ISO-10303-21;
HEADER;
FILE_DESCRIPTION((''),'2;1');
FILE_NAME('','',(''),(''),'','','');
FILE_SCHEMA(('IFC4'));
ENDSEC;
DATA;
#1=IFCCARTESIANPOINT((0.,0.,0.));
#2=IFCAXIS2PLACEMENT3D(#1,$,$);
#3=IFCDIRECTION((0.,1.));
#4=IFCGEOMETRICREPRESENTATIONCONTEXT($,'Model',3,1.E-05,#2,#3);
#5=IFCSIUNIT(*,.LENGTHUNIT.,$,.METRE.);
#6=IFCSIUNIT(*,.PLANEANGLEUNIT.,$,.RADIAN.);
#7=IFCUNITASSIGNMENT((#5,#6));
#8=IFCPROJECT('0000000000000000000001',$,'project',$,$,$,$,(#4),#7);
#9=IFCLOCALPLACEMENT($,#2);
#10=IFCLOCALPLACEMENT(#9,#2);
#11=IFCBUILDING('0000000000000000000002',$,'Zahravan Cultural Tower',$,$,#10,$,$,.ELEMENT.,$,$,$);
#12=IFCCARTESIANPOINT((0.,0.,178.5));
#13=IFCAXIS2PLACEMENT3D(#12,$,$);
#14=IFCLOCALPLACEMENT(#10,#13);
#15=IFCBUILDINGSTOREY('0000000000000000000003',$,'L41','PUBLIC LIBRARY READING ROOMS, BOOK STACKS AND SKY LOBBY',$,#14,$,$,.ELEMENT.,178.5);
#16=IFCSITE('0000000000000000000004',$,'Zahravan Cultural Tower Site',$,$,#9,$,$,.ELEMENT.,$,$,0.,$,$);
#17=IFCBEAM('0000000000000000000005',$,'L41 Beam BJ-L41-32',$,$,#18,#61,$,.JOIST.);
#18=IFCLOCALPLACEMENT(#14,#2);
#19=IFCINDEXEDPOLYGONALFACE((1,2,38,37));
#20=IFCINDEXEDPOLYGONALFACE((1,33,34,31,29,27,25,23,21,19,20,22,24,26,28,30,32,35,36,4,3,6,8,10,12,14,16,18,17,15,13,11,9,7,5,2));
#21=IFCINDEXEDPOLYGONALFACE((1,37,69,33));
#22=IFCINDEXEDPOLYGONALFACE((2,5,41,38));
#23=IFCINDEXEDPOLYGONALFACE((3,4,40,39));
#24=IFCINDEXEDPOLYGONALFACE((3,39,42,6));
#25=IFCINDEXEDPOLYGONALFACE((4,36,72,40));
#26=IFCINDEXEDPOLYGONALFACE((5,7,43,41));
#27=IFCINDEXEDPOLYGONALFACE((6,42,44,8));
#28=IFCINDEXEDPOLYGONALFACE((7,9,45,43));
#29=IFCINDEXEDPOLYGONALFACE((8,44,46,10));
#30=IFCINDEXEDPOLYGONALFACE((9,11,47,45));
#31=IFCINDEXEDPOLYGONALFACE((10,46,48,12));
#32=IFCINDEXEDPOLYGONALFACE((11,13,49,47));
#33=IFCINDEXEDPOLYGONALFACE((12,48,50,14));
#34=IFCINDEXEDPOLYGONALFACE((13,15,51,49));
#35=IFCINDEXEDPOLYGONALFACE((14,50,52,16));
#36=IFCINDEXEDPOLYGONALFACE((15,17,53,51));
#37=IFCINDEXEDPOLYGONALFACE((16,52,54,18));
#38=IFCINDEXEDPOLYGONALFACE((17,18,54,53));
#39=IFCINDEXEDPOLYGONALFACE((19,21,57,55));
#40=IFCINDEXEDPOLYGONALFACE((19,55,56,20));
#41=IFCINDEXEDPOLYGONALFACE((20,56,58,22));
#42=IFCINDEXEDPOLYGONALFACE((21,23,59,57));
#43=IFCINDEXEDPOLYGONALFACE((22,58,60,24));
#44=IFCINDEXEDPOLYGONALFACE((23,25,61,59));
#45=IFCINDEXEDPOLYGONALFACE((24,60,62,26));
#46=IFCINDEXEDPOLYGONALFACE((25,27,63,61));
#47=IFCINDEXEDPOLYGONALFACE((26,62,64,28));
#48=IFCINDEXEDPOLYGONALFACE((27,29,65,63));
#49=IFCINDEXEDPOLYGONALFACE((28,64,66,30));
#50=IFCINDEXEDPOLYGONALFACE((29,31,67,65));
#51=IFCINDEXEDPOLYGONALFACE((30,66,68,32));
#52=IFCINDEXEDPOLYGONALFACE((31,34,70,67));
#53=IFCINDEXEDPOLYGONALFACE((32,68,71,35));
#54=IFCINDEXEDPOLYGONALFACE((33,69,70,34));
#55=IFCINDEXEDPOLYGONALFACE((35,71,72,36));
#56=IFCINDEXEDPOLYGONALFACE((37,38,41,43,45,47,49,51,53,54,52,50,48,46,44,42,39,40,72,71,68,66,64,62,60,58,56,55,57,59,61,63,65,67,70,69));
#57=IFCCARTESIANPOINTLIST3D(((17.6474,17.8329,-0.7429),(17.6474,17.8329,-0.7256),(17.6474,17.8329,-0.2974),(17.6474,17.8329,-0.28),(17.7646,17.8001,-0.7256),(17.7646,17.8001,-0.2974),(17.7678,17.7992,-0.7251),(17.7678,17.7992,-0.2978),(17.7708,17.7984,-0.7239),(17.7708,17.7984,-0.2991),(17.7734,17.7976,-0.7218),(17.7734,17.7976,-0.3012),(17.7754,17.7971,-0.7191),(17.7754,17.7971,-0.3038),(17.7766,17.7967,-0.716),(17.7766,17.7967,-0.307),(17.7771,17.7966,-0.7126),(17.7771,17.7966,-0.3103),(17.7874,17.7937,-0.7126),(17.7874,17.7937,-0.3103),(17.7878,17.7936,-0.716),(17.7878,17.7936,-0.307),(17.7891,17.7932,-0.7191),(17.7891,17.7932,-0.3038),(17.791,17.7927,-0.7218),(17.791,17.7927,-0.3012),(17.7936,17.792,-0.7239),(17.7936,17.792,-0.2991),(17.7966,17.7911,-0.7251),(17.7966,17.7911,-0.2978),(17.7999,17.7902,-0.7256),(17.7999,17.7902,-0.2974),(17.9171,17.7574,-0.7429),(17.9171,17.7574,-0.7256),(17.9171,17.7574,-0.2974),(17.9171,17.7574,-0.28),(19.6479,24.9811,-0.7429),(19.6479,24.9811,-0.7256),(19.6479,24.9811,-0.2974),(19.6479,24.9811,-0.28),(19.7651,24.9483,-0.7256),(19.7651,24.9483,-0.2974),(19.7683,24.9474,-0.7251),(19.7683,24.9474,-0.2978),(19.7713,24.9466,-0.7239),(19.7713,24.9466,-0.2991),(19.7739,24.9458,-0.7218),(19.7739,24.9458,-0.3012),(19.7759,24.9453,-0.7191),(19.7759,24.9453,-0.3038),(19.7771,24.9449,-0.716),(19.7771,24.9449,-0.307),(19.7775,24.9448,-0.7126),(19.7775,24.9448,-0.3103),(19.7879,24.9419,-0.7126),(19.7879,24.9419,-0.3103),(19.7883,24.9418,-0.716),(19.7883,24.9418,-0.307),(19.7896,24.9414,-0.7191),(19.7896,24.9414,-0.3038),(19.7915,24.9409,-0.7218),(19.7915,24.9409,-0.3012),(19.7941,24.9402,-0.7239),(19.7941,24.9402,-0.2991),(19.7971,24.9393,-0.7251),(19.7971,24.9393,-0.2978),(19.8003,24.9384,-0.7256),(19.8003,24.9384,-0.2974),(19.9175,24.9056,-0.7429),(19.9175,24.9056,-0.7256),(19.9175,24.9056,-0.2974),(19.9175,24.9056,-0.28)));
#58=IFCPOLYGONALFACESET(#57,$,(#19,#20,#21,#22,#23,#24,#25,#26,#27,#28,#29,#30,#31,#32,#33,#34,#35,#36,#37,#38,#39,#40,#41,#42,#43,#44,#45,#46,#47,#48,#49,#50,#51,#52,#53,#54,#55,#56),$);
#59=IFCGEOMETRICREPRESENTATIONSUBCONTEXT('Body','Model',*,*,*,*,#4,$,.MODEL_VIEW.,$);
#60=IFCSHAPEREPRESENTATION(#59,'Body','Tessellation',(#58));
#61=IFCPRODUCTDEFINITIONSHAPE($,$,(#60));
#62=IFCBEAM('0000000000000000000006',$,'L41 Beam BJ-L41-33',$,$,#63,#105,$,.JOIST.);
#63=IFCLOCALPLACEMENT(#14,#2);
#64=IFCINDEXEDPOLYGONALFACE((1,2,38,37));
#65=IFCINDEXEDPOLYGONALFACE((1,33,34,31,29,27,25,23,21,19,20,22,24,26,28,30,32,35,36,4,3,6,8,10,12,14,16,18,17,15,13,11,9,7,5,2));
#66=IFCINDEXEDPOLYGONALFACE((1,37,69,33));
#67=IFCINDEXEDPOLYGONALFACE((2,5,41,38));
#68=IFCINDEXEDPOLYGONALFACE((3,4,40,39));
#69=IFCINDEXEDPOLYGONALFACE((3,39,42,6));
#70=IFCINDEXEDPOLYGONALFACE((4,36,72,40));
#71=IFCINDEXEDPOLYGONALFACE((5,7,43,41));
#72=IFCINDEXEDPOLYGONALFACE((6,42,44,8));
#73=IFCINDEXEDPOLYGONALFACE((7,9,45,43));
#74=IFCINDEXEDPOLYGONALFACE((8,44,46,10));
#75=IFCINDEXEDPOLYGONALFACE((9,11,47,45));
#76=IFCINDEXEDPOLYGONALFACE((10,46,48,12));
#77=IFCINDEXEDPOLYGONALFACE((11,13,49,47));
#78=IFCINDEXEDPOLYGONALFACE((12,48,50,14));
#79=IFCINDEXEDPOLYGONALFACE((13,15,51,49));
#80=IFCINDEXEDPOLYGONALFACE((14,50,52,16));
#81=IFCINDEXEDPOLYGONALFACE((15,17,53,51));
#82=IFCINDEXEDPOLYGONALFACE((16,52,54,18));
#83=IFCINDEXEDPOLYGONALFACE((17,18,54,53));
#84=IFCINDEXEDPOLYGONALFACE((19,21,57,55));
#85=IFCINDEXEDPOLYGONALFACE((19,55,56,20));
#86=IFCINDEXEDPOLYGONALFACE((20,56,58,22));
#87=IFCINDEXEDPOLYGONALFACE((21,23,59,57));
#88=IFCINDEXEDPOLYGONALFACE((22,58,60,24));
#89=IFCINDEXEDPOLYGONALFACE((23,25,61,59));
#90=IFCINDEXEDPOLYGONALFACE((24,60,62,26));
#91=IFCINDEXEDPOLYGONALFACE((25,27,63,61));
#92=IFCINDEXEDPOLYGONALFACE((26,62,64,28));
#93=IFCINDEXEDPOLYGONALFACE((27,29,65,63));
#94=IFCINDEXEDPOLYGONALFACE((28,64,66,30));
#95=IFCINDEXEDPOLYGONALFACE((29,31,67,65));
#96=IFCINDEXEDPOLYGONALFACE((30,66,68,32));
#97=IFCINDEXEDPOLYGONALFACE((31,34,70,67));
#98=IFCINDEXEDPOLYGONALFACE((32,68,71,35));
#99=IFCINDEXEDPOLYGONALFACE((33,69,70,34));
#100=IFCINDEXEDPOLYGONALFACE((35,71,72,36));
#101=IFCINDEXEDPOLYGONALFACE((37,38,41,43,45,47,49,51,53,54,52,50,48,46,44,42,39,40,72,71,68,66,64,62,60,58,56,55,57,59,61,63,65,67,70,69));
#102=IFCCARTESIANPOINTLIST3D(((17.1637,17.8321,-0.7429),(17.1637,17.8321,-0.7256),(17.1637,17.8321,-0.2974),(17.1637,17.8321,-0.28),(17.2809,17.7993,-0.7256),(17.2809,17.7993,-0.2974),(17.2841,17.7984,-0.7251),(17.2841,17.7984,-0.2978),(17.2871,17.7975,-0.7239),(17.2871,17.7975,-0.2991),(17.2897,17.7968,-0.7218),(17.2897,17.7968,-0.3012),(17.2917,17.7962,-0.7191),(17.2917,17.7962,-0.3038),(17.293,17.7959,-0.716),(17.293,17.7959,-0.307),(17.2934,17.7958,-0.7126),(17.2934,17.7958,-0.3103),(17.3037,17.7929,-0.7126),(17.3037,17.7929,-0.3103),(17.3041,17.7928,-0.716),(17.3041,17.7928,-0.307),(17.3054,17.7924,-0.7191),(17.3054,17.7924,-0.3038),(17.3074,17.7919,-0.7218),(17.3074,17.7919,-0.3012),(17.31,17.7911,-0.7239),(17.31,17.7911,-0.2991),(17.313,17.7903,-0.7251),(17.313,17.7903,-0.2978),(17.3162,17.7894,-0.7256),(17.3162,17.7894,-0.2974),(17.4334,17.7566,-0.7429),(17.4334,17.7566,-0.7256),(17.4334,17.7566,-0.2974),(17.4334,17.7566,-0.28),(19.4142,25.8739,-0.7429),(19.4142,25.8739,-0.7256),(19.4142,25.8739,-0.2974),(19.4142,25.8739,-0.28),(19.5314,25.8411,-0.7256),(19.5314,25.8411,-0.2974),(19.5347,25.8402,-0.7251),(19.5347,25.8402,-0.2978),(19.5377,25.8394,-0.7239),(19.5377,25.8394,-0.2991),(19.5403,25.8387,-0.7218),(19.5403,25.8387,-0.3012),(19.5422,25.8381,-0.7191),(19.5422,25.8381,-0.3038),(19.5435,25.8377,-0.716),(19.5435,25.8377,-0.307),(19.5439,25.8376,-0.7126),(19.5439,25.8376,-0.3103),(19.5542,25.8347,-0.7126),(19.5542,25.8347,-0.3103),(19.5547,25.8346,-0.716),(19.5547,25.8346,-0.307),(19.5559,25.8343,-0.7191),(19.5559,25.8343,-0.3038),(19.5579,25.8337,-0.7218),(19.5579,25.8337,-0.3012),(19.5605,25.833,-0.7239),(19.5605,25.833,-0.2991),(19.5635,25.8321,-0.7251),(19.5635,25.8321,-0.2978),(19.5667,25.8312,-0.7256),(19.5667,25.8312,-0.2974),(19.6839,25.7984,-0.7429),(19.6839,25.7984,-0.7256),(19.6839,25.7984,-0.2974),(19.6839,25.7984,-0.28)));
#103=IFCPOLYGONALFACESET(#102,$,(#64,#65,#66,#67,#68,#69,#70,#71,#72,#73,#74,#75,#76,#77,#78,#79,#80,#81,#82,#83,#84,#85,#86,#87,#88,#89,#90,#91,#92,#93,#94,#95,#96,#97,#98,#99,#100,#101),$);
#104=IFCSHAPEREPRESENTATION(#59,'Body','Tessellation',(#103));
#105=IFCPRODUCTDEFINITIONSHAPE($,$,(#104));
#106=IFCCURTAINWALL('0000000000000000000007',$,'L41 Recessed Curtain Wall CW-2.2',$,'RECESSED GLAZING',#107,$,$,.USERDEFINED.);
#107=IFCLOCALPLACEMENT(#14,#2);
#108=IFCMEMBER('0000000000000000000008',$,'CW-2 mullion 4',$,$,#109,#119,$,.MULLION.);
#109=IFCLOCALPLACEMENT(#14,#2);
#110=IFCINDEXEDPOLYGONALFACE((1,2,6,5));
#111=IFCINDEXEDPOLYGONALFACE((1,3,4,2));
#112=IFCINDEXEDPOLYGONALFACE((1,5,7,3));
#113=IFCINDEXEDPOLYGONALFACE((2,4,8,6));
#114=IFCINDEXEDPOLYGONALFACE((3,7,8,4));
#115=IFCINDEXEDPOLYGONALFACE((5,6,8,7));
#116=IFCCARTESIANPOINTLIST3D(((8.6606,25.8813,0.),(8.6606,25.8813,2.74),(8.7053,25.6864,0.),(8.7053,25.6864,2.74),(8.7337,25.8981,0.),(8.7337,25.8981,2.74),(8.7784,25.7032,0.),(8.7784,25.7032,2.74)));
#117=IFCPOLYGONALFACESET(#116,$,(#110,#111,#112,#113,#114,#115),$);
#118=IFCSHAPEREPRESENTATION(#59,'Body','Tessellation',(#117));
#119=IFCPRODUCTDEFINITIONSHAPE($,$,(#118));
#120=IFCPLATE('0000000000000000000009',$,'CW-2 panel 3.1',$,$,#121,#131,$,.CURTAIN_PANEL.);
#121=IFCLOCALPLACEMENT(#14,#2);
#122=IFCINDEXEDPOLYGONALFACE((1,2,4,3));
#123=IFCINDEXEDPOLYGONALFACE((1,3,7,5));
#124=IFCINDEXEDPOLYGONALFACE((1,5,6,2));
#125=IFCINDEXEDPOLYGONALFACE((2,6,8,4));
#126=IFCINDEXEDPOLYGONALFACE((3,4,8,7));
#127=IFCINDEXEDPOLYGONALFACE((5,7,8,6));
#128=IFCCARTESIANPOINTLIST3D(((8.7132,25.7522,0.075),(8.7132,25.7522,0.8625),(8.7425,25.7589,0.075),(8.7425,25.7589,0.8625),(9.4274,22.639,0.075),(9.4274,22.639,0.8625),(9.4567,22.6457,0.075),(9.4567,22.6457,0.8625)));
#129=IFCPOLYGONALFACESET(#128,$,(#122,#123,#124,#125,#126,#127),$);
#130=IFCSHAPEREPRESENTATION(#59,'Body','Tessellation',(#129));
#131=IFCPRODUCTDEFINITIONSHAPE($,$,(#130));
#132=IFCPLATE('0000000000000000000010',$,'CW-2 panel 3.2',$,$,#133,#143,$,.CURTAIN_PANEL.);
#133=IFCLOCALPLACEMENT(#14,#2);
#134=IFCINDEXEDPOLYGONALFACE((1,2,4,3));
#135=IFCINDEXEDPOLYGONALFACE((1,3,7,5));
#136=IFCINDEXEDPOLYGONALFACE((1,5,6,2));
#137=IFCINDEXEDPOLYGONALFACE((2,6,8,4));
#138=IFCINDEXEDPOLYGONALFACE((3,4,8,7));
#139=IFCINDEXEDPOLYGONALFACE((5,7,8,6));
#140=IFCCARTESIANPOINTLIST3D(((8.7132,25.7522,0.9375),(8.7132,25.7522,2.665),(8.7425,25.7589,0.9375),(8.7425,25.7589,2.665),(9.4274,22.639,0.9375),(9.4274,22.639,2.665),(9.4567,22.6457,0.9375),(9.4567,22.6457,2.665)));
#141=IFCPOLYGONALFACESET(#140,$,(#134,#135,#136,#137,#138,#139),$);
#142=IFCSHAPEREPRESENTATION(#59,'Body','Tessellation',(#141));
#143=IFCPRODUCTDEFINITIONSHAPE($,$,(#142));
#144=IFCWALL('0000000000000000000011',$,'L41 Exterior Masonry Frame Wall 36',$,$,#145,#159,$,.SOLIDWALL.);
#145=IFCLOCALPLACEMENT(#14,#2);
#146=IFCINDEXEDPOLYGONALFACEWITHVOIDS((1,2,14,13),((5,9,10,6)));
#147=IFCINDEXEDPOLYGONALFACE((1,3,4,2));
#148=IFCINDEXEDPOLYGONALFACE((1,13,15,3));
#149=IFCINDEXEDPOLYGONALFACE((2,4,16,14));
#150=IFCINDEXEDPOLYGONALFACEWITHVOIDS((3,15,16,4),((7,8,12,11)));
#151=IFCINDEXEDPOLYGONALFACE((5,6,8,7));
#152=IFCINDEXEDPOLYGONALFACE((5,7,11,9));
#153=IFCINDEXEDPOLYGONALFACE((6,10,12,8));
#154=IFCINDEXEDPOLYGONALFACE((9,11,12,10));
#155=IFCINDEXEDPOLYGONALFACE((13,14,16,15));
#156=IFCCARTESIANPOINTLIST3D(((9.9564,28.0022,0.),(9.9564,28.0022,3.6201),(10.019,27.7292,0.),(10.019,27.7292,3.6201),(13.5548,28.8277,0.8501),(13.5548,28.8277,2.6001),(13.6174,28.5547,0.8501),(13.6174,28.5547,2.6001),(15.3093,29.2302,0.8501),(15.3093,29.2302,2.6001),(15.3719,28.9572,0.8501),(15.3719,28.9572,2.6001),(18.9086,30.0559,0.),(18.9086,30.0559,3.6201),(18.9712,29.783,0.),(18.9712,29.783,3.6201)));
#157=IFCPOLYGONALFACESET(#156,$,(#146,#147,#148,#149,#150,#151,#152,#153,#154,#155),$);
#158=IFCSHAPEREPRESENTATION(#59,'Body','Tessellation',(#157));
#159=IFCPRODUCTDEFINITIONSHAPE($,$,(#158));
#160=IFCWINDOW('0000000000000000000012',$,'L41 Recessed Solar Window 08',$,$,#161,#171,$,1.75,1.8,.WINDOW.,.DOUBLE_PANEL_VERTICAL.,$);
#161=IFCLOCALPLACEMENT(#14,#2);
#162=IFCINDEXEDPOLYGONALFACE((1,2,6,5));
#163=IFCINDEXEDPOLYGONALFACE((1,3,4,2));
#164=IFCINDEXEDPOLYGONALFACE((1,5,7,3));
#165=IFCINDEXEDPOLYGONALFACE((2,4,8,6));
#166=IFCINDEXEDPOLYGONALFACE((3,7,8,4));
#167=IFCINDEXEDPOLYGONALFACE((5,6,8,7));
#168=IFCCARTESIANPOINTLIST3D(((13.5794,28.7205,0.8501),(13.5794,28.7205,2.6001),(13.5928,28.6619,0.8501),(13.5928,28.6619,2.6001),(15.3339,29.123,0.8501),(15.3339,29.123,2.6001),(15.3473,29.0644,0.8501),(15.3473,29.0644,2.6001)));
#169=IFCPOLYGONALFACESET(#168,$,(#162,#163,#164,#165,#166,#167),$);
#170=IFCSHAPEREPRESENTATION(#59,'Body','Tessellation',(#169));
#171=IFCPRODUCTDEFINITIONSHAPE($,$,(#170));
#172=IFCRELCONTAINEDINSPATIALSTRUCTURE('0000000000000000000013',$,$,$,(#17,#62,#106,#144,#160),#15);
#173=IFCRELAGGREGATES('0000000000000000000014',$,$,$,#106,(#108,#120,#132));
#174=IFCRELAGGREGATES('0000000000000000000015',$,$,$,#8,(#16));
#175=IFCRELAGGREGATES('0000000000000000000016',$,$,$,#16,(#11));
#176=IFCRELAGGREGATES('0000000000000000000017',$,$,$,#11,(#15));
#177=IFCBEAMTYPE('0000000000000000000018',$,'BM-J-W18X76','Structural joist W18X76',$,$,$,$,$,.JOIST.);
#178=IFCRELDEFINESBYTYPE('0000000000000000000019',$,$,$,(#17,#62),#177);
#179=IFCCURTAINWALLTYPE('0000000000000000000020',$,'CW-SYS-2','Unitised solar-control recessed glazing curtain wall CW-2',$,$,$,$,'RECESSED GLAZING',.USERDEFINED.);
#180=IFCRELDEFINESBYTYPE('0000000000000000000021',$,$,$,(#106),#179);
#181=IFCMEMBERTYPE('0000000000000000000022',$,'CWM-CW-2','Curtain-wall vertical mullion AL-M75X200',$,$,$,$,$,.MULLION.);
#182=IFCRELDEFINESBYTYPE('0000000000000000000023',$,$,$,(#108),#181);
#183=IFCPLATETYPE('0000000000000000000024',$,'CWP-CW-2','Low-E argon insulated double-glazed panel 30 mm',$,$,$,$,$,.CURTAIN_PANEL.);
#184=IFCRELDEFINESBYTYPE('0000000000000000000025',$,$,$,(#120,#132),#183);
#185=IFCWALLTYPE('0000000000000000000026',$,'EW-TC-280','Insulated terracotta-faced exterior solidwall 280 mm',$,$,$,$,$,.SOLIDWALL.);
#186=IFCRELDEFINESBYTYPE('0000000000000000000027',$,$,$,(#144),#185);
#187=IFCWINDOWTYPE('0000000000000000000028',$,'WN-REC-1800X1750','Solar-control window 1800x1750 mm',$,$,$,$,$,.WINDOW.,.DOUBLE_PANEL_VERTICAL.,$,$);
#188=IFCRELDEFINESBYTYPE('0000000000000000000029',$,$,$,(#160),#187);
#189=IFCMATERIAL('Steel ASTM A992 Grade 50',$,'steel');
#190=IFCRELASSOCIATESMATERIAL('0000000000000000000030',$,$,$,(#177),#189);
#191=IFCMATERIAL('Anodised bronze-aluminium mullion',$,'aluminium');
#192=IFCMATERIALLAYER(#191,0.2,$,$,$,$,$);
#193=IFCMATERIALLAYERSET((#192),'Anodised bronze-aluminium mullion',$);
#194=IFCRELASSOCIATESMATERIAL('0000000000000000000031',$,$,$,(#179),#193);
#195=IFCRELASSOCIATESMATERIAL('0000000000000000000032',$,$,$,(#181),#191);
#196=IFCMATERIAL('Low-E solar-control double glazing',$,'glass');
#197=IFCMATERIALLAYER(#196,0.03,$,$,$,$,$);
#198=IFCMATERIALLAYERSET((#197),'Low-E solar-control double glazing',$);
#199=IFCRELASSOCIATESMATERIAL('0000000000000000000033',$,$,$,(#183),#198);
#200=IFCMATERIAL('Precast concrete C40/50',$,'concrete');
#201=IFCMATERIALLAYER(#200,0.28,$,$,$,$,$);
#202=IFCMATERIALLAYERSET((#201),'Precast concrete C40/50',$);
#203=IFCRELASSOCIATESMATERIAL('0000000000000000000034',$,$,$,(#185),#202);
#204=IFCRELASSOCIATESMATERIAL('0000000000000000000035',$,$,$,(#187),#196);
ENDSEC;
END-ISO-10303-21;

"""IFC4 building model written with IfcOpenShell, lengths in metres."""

from ifc_helpers import new_model, si_unit, direction, frame, frame_2d, origin, origin_2d, place, context, subcontext, project, spatial, rectangle, i_section, extrude, source, transform, mapped, material, layer, layer_set, material_profile, profile_set, type_object, element, fill, aggregate, save


model = new_model("IFC4")

# Units and contexts
model_context = context("Model", 3, precision=1e-05, world=origin(), true_north=direction((0.0, 1.0)))
body_context = subcontext(model_context, "Body", "Model", "MODEL_VIEW")
ifc_project = project(units=[si_unit("LENGTHUNIT", "METRE"), si_unit("PLANEANGLEUNIT", "RADIAN")], contexts=[model_context])

# Site, building, storey
site_placement = place(None, origin())
site = spatial("IfcSite", under=ifc_project, at=site_placement, Name="Zahravan Cultural Tower Site", CompositionType="ELEMENT", RefElevation=0.0)
building_placement = place(site_placement, origin())
building = spatial("IfcBuilding", under=site, at=building_placement, Name="Zahravan Cultural Tower", CompositionType="ELEMENT")
storey_placement = place(building_placement, frame((0.0, 0.0, 178.5)))
storey = spatial("IfcBuildingStorey", under=building, at=storey_placement, Name="L41", Description="PUBLIC LIBRARY READING ROOMS, BOOK STACKS AND SKY LOBBY", CompositionType="ELEMENT", Elevation=178.5)

# Shared definitions
ifc_material_1 = material(Name="Steel ASTM A992 Grade 50", Category="steel")

# Beams
ifc_material_profile_1 = material_profile(ifc_material_1, i_section(OverallWidth=0.28, OverallDepth=0.4629, WebThickness=0.0107, FlangeThickness=0.0173, FilletRadius=0.0129, at=origin_2d()), Name="W18X76")
ifc_profile_set_1 = profile_set([ifc_material_profile_1], Name="Steel ASTM A992 Grade 50")
beam_type_1 = type_object("IfcBeamType", Name="BM-J-W18X76", Description="Structural joist W18X76", PredefinedType="JOIST", material=ifc_profile_set_1)
shared_shape_1 = source(origin(), body_context, "Body", "SweptSolid", [
    extrude(i_section(OverallWidth=0.28, OverallDepth=0.4629, WebThickness=0.0107, FlangeThickness=0.0173, FilletRadius=0.0129, at=origin_2d()), origin(), (0.0, 0.0, 1.0), 7.4229),
])
beam_1_placement = place(storey_placement, frame((19.7827, 24.9434, -0.5115), z_axis=(-0.269504, -0.962999, 0.0), x_axis=(0.962999, -0.269504, 0.0)))
element("IfcBeam", 1, at=beam_1_placement, inside=storey, type_object=beam_type_1, Name="L41 Beam BJ-L41-32", PredefinedType="JOIST", context=body_context, shape_type="MappedRepresentation", body=[
    mapped(shared_shape_1, transform((0.0, 0.0, 0.0), x_axis=(1.0, 0.0, 0.0), y_axis=(0.0, 1.0, 0.0), z_axis=(0.0, 0.0, 1.0), scale=1.0)),
])
shared_shape_2 = source(origin(), body_context, "Body", "SweptSolid", [
    extrude(i_section(OverallWidth=0.28, OverallDepth=0.4629, WebThickness=0.0107, FlangeThickness=0.0173, FilletRadius=0.0129, at=origin_2d()), origin(), (0.0, 0.0, 1.0), 8.3508),
])
beam_2_placement = place(storey_placement, frame((19.5491, 25.8362, -0.5115), z_axis=(-0.269497, -0.963001, 0.0), x_axis=(0.963001, -0.269497, 0.0)))
element("IfcBeam", 2, at=beam_2_placement, inside=storey, type_object=beam_type_1, Name="L41 Beam BJ-L41-33", PredefinedType="JOIST", context=body_context, shape_type="MappedRepresentation", body=[
    mapped(shared_shape_2, transform((0.0, 0.0, 0.0), x_axis=(1.0, 0.0, 0.0), y_axis=(0.0, 1.0, 0.0), z_axis=(0.0, 0.0, 1.0), scale=1.0)),
])

# Curtain wall, member, plates
ifc_material_2 = material(Name="Anodised bronze-aluminium mullion", Category="aluminium")
ifc_layer_1 = layer(ifc_material_2, 0.2)
ifc_layer_set_1 = layer_set([ifc_layer_1], Name="Anodised bronze-aluminium mullion")
curtain_wall_type = type_object("IfcCurtainWallType", Name="CW-SYS-2", Description="Unitised solar-control recessed glazing curtain wall CW-2", ElementType="RECESSED GLAZING", PredefinedType="USERDEFINED", material=ifc_layer_set_1)
curtain_wall_placement = place(storey_placement, origin())
curtain_wall = element("IfcCurtainWall", 3, at=curtain_wall_placement, inside=storey, type_object=curtain_wall_type, Name="L41 Recessed Curtain Wall CW-2.2", ObjectType="RECESSED GLAZING", PredefinedType="USERDEFINED")
ifc_material_profile_2 = material_profile(ifc_material_2, rectangle(XDim=0.075, YDim=0.2, at=origin_2d()), Name="AL-M75X200")
ifc_profile_set_2 = profile_set([ifc_material_profile_2], Name="Anodised bronze-aluminium mullion")
member_type = type_object("IfcMemberType", Name="CWM-CW-2", Description="Curtain-wall vertical mullion AL-M75X200", PredefinedType="MULLION", material=ifc_profile_set_2)
shared_shape_3 = source(origin(), body_context, "Body", "SweptSolid", [
    extrude(rectangle(XDim=0.075, YDim=0.2, at=origin_2d()), origin(), (0.0, 0.0, 1.0), 2.74),
])
member_placement = place(storey_placement, frame((8.7195, 25.7922, 0.0), z_axis=(0.0, 0.0, 1.0), x_axis=(-0.974681, -0.2236, 0.0)))
member = element("IfcMember", 4, at=member_placement, type_object=member_type, Name="CW-2 mullion 4", PredefinedType="MULLION", context=body_context, shape_type="MappedRepresentation", body=[
    mapped(shared_shape_3, transform((0.0, 0.0, 0.0), x_axis=(1.0, 0.0, 0.0), y_axis=(0.0, 1.0, 0.0), z_axis=(0.0, 0.0, 1.0), scale=1.0)),
])
ifc_material_3 = material(Name="Low-E solar-control double glazing", Category="glass")
ifc_layer_2 = layer(ifc_material_3, 0.03)
ifc_layer_set_2 = layer_set([ifc_layer_2], Name="Low-E solar-control double glazing")
plate_type = type_object("IfcPlateType", Name="CWP-CW-2", Description="Low-E argon insulated double-glazed panel 30 mm", PredefinedType="CURTAIN_PANEL", material=ifc_layer_set_2)
shared_shape_4 = source(origin(), body_context, "Body", "SweptSolid", [
    extrude(rectangle(XDim=3.1941, YDim=0.03, at=origin_2d()), origin(), (0.0, 0.0, 1.0), 0.7876),
])
plate_1_placement = place(storey_placement, frame((9.085, 24.199, 0.075), z_axis=(0.0, 0.0, 1.0), x_axis=(-0.2236, 0.974681, 0.0)))
plate_1 = element("IfcPlate", 5, at=plate_1_placement, type_object=plate_type, Name="CW-2 panel 3.1", PredefinedType="CURTAIN_PANEL", context=body_context, shape_type="MappedRepresentation", body=[
    mapped(shared_shape_4, transform((0.0, 0.0, 0.0), x_axis=(1.0, 0.0, 0.0), y_axis=(0.0, 1.0, 0.0), z_axis=(0.0, 0.0, 1.0), scale=1.0)),
])
shared_shape_5 = source(origin(), body_context, "Body", "SweptSolid", [
    extrude(rectangle(XDim=3.1941, YDim=0.03, at=origin_2d()), origin(), (0.0, 0.0, 1.0), 1.7275),
])
plate_2_placement = place(storey_placement, frame((9.085, 24.199, 0.9375), z_axis=(0.0, 0.0, 1.0), x_axis=(-0.2236, 0.974681, 0.0)))
plate_2 = element("IfcPlate", 6, at=plate_2_placement, type_object=plate_type, Name="CW-2 panel 3.2", PredefinedType="CURTAIN_PANEL", context=body_context, shape_type="MappedRepresentation", body=[
    mapped(shared_shape_5, transform((0.0, 0.0, 0.0), x_axis=(1.0, 0.0, 0.0), y_axis=(0.0, 1.0, 0.0), z_axis=(0.0, 0.0, 1.0), scale=1.0)),
])
aggregate(curtain_wall, [member, plate_1, plate_2])

# Wall, opening, window
ifc_material_4 = material(Name="Precast concrete C40/50", Category="concrete")
ifc_layer_3 = layer(ifc_material_4, 0.28)
ifc_layer_set_3 = layer_set([ifc_layer_3], Name="Precast concrete C40/50")
wall_type_1 = type_object("IfcWallType", Name="EW-TC-280", Description="Insulated terracotta-faced exterior solidwall 280 mm", PredefinedType="SOLIDWALL", material=ifc_layer_set_3)
wall_1_placement = place(storey_placement, frame((9.9878, 27.8657, 0.0), z_axis=(0.0, 0.0, 1.0), x_axis=(0.974681, 0.223601, 0.0)))
wall_1 = element("IfcWall", 7, at=wall_1_placement, inside=storey, type_object=wall_type_1, Name="L41 Exterior Masonry Frame Wall 36", PredefinedType="SOLIDWALL", context=body_context, shape_type="SweptSolid", body=[
    extrude(rectangle(XDim=9.1848, YDim=0.28, at=frame_2d((4.5923, 0.0))), origin(), (0.0, 0.0, 1.0), 3.6201),
])
opening_1_placement = place(wall_1_placement, frame((3.6919, 0.0, 0.8501)))
opening_1 = element("IfcOpeningElement", 8, at=opening_1_placement, cuts=wall_1, PredefinedType="OPENING", context=body_context, shape_type="SweptSolid", body=[
    extrude(rectangle(XDim=1.8, YDim=1.75, at=frame_2d((0.8999, 0.875))), frame((0.0, 0.1499, 0.0), z_axis=(0.0, -1.0, 0.0), x_axis=(1.0, 0.0, 0.0)), (0.0, 0.0, 1.0), 0.3),
])
window_type = type_object("IfcWindowType", Name="WN-REC-1800X1750", Description="Solar-control window 1800x1750 mm", PartitioningType="DOUBLE_PANEL_VERTICAL", PredefinedType="WINDOW", material=ifc_material_3)
shared_shape_6 = source(origin(), body_context, "Body", "SweptSolid", [
    extrude(rectangle(XDim=1.8, YDim=1.75, at=frame_2d((0.8999, 0.875))), frame((0.0, 0.03, 0.0), z_axis=(0.0, -1.0, 0.0), x_axis=(1.0, 0.0, 0.0)), (0.0, 0.0, 1.0), 0.0601),
])
window_placement = place(opening_1_placement, origin())
window = element("IfcWindow", 9, at=window_placement, inside=storey, type_object=window_type, Name="L41 Recessed Solar Window 08", OverallHeight=1.75, OverallWidth=1.8, PartitioningType="DOUBLE_PANEL_VERTICAL", PredefinedType="WINDOW", context=body_context, shape_type="MappedRepresentation", body=[
    mapped(shared_shape_6, transform((0.0, 0.0, 0.0), x_axis=(1.0, 0.0, 0.0), y_axis=(0.0, 1.0, 0.0), z_axis=(0.0, 0.0, 1.0), scale=1.0)),
])
fill(opening_1, window)

save(model, "model.ifc")
